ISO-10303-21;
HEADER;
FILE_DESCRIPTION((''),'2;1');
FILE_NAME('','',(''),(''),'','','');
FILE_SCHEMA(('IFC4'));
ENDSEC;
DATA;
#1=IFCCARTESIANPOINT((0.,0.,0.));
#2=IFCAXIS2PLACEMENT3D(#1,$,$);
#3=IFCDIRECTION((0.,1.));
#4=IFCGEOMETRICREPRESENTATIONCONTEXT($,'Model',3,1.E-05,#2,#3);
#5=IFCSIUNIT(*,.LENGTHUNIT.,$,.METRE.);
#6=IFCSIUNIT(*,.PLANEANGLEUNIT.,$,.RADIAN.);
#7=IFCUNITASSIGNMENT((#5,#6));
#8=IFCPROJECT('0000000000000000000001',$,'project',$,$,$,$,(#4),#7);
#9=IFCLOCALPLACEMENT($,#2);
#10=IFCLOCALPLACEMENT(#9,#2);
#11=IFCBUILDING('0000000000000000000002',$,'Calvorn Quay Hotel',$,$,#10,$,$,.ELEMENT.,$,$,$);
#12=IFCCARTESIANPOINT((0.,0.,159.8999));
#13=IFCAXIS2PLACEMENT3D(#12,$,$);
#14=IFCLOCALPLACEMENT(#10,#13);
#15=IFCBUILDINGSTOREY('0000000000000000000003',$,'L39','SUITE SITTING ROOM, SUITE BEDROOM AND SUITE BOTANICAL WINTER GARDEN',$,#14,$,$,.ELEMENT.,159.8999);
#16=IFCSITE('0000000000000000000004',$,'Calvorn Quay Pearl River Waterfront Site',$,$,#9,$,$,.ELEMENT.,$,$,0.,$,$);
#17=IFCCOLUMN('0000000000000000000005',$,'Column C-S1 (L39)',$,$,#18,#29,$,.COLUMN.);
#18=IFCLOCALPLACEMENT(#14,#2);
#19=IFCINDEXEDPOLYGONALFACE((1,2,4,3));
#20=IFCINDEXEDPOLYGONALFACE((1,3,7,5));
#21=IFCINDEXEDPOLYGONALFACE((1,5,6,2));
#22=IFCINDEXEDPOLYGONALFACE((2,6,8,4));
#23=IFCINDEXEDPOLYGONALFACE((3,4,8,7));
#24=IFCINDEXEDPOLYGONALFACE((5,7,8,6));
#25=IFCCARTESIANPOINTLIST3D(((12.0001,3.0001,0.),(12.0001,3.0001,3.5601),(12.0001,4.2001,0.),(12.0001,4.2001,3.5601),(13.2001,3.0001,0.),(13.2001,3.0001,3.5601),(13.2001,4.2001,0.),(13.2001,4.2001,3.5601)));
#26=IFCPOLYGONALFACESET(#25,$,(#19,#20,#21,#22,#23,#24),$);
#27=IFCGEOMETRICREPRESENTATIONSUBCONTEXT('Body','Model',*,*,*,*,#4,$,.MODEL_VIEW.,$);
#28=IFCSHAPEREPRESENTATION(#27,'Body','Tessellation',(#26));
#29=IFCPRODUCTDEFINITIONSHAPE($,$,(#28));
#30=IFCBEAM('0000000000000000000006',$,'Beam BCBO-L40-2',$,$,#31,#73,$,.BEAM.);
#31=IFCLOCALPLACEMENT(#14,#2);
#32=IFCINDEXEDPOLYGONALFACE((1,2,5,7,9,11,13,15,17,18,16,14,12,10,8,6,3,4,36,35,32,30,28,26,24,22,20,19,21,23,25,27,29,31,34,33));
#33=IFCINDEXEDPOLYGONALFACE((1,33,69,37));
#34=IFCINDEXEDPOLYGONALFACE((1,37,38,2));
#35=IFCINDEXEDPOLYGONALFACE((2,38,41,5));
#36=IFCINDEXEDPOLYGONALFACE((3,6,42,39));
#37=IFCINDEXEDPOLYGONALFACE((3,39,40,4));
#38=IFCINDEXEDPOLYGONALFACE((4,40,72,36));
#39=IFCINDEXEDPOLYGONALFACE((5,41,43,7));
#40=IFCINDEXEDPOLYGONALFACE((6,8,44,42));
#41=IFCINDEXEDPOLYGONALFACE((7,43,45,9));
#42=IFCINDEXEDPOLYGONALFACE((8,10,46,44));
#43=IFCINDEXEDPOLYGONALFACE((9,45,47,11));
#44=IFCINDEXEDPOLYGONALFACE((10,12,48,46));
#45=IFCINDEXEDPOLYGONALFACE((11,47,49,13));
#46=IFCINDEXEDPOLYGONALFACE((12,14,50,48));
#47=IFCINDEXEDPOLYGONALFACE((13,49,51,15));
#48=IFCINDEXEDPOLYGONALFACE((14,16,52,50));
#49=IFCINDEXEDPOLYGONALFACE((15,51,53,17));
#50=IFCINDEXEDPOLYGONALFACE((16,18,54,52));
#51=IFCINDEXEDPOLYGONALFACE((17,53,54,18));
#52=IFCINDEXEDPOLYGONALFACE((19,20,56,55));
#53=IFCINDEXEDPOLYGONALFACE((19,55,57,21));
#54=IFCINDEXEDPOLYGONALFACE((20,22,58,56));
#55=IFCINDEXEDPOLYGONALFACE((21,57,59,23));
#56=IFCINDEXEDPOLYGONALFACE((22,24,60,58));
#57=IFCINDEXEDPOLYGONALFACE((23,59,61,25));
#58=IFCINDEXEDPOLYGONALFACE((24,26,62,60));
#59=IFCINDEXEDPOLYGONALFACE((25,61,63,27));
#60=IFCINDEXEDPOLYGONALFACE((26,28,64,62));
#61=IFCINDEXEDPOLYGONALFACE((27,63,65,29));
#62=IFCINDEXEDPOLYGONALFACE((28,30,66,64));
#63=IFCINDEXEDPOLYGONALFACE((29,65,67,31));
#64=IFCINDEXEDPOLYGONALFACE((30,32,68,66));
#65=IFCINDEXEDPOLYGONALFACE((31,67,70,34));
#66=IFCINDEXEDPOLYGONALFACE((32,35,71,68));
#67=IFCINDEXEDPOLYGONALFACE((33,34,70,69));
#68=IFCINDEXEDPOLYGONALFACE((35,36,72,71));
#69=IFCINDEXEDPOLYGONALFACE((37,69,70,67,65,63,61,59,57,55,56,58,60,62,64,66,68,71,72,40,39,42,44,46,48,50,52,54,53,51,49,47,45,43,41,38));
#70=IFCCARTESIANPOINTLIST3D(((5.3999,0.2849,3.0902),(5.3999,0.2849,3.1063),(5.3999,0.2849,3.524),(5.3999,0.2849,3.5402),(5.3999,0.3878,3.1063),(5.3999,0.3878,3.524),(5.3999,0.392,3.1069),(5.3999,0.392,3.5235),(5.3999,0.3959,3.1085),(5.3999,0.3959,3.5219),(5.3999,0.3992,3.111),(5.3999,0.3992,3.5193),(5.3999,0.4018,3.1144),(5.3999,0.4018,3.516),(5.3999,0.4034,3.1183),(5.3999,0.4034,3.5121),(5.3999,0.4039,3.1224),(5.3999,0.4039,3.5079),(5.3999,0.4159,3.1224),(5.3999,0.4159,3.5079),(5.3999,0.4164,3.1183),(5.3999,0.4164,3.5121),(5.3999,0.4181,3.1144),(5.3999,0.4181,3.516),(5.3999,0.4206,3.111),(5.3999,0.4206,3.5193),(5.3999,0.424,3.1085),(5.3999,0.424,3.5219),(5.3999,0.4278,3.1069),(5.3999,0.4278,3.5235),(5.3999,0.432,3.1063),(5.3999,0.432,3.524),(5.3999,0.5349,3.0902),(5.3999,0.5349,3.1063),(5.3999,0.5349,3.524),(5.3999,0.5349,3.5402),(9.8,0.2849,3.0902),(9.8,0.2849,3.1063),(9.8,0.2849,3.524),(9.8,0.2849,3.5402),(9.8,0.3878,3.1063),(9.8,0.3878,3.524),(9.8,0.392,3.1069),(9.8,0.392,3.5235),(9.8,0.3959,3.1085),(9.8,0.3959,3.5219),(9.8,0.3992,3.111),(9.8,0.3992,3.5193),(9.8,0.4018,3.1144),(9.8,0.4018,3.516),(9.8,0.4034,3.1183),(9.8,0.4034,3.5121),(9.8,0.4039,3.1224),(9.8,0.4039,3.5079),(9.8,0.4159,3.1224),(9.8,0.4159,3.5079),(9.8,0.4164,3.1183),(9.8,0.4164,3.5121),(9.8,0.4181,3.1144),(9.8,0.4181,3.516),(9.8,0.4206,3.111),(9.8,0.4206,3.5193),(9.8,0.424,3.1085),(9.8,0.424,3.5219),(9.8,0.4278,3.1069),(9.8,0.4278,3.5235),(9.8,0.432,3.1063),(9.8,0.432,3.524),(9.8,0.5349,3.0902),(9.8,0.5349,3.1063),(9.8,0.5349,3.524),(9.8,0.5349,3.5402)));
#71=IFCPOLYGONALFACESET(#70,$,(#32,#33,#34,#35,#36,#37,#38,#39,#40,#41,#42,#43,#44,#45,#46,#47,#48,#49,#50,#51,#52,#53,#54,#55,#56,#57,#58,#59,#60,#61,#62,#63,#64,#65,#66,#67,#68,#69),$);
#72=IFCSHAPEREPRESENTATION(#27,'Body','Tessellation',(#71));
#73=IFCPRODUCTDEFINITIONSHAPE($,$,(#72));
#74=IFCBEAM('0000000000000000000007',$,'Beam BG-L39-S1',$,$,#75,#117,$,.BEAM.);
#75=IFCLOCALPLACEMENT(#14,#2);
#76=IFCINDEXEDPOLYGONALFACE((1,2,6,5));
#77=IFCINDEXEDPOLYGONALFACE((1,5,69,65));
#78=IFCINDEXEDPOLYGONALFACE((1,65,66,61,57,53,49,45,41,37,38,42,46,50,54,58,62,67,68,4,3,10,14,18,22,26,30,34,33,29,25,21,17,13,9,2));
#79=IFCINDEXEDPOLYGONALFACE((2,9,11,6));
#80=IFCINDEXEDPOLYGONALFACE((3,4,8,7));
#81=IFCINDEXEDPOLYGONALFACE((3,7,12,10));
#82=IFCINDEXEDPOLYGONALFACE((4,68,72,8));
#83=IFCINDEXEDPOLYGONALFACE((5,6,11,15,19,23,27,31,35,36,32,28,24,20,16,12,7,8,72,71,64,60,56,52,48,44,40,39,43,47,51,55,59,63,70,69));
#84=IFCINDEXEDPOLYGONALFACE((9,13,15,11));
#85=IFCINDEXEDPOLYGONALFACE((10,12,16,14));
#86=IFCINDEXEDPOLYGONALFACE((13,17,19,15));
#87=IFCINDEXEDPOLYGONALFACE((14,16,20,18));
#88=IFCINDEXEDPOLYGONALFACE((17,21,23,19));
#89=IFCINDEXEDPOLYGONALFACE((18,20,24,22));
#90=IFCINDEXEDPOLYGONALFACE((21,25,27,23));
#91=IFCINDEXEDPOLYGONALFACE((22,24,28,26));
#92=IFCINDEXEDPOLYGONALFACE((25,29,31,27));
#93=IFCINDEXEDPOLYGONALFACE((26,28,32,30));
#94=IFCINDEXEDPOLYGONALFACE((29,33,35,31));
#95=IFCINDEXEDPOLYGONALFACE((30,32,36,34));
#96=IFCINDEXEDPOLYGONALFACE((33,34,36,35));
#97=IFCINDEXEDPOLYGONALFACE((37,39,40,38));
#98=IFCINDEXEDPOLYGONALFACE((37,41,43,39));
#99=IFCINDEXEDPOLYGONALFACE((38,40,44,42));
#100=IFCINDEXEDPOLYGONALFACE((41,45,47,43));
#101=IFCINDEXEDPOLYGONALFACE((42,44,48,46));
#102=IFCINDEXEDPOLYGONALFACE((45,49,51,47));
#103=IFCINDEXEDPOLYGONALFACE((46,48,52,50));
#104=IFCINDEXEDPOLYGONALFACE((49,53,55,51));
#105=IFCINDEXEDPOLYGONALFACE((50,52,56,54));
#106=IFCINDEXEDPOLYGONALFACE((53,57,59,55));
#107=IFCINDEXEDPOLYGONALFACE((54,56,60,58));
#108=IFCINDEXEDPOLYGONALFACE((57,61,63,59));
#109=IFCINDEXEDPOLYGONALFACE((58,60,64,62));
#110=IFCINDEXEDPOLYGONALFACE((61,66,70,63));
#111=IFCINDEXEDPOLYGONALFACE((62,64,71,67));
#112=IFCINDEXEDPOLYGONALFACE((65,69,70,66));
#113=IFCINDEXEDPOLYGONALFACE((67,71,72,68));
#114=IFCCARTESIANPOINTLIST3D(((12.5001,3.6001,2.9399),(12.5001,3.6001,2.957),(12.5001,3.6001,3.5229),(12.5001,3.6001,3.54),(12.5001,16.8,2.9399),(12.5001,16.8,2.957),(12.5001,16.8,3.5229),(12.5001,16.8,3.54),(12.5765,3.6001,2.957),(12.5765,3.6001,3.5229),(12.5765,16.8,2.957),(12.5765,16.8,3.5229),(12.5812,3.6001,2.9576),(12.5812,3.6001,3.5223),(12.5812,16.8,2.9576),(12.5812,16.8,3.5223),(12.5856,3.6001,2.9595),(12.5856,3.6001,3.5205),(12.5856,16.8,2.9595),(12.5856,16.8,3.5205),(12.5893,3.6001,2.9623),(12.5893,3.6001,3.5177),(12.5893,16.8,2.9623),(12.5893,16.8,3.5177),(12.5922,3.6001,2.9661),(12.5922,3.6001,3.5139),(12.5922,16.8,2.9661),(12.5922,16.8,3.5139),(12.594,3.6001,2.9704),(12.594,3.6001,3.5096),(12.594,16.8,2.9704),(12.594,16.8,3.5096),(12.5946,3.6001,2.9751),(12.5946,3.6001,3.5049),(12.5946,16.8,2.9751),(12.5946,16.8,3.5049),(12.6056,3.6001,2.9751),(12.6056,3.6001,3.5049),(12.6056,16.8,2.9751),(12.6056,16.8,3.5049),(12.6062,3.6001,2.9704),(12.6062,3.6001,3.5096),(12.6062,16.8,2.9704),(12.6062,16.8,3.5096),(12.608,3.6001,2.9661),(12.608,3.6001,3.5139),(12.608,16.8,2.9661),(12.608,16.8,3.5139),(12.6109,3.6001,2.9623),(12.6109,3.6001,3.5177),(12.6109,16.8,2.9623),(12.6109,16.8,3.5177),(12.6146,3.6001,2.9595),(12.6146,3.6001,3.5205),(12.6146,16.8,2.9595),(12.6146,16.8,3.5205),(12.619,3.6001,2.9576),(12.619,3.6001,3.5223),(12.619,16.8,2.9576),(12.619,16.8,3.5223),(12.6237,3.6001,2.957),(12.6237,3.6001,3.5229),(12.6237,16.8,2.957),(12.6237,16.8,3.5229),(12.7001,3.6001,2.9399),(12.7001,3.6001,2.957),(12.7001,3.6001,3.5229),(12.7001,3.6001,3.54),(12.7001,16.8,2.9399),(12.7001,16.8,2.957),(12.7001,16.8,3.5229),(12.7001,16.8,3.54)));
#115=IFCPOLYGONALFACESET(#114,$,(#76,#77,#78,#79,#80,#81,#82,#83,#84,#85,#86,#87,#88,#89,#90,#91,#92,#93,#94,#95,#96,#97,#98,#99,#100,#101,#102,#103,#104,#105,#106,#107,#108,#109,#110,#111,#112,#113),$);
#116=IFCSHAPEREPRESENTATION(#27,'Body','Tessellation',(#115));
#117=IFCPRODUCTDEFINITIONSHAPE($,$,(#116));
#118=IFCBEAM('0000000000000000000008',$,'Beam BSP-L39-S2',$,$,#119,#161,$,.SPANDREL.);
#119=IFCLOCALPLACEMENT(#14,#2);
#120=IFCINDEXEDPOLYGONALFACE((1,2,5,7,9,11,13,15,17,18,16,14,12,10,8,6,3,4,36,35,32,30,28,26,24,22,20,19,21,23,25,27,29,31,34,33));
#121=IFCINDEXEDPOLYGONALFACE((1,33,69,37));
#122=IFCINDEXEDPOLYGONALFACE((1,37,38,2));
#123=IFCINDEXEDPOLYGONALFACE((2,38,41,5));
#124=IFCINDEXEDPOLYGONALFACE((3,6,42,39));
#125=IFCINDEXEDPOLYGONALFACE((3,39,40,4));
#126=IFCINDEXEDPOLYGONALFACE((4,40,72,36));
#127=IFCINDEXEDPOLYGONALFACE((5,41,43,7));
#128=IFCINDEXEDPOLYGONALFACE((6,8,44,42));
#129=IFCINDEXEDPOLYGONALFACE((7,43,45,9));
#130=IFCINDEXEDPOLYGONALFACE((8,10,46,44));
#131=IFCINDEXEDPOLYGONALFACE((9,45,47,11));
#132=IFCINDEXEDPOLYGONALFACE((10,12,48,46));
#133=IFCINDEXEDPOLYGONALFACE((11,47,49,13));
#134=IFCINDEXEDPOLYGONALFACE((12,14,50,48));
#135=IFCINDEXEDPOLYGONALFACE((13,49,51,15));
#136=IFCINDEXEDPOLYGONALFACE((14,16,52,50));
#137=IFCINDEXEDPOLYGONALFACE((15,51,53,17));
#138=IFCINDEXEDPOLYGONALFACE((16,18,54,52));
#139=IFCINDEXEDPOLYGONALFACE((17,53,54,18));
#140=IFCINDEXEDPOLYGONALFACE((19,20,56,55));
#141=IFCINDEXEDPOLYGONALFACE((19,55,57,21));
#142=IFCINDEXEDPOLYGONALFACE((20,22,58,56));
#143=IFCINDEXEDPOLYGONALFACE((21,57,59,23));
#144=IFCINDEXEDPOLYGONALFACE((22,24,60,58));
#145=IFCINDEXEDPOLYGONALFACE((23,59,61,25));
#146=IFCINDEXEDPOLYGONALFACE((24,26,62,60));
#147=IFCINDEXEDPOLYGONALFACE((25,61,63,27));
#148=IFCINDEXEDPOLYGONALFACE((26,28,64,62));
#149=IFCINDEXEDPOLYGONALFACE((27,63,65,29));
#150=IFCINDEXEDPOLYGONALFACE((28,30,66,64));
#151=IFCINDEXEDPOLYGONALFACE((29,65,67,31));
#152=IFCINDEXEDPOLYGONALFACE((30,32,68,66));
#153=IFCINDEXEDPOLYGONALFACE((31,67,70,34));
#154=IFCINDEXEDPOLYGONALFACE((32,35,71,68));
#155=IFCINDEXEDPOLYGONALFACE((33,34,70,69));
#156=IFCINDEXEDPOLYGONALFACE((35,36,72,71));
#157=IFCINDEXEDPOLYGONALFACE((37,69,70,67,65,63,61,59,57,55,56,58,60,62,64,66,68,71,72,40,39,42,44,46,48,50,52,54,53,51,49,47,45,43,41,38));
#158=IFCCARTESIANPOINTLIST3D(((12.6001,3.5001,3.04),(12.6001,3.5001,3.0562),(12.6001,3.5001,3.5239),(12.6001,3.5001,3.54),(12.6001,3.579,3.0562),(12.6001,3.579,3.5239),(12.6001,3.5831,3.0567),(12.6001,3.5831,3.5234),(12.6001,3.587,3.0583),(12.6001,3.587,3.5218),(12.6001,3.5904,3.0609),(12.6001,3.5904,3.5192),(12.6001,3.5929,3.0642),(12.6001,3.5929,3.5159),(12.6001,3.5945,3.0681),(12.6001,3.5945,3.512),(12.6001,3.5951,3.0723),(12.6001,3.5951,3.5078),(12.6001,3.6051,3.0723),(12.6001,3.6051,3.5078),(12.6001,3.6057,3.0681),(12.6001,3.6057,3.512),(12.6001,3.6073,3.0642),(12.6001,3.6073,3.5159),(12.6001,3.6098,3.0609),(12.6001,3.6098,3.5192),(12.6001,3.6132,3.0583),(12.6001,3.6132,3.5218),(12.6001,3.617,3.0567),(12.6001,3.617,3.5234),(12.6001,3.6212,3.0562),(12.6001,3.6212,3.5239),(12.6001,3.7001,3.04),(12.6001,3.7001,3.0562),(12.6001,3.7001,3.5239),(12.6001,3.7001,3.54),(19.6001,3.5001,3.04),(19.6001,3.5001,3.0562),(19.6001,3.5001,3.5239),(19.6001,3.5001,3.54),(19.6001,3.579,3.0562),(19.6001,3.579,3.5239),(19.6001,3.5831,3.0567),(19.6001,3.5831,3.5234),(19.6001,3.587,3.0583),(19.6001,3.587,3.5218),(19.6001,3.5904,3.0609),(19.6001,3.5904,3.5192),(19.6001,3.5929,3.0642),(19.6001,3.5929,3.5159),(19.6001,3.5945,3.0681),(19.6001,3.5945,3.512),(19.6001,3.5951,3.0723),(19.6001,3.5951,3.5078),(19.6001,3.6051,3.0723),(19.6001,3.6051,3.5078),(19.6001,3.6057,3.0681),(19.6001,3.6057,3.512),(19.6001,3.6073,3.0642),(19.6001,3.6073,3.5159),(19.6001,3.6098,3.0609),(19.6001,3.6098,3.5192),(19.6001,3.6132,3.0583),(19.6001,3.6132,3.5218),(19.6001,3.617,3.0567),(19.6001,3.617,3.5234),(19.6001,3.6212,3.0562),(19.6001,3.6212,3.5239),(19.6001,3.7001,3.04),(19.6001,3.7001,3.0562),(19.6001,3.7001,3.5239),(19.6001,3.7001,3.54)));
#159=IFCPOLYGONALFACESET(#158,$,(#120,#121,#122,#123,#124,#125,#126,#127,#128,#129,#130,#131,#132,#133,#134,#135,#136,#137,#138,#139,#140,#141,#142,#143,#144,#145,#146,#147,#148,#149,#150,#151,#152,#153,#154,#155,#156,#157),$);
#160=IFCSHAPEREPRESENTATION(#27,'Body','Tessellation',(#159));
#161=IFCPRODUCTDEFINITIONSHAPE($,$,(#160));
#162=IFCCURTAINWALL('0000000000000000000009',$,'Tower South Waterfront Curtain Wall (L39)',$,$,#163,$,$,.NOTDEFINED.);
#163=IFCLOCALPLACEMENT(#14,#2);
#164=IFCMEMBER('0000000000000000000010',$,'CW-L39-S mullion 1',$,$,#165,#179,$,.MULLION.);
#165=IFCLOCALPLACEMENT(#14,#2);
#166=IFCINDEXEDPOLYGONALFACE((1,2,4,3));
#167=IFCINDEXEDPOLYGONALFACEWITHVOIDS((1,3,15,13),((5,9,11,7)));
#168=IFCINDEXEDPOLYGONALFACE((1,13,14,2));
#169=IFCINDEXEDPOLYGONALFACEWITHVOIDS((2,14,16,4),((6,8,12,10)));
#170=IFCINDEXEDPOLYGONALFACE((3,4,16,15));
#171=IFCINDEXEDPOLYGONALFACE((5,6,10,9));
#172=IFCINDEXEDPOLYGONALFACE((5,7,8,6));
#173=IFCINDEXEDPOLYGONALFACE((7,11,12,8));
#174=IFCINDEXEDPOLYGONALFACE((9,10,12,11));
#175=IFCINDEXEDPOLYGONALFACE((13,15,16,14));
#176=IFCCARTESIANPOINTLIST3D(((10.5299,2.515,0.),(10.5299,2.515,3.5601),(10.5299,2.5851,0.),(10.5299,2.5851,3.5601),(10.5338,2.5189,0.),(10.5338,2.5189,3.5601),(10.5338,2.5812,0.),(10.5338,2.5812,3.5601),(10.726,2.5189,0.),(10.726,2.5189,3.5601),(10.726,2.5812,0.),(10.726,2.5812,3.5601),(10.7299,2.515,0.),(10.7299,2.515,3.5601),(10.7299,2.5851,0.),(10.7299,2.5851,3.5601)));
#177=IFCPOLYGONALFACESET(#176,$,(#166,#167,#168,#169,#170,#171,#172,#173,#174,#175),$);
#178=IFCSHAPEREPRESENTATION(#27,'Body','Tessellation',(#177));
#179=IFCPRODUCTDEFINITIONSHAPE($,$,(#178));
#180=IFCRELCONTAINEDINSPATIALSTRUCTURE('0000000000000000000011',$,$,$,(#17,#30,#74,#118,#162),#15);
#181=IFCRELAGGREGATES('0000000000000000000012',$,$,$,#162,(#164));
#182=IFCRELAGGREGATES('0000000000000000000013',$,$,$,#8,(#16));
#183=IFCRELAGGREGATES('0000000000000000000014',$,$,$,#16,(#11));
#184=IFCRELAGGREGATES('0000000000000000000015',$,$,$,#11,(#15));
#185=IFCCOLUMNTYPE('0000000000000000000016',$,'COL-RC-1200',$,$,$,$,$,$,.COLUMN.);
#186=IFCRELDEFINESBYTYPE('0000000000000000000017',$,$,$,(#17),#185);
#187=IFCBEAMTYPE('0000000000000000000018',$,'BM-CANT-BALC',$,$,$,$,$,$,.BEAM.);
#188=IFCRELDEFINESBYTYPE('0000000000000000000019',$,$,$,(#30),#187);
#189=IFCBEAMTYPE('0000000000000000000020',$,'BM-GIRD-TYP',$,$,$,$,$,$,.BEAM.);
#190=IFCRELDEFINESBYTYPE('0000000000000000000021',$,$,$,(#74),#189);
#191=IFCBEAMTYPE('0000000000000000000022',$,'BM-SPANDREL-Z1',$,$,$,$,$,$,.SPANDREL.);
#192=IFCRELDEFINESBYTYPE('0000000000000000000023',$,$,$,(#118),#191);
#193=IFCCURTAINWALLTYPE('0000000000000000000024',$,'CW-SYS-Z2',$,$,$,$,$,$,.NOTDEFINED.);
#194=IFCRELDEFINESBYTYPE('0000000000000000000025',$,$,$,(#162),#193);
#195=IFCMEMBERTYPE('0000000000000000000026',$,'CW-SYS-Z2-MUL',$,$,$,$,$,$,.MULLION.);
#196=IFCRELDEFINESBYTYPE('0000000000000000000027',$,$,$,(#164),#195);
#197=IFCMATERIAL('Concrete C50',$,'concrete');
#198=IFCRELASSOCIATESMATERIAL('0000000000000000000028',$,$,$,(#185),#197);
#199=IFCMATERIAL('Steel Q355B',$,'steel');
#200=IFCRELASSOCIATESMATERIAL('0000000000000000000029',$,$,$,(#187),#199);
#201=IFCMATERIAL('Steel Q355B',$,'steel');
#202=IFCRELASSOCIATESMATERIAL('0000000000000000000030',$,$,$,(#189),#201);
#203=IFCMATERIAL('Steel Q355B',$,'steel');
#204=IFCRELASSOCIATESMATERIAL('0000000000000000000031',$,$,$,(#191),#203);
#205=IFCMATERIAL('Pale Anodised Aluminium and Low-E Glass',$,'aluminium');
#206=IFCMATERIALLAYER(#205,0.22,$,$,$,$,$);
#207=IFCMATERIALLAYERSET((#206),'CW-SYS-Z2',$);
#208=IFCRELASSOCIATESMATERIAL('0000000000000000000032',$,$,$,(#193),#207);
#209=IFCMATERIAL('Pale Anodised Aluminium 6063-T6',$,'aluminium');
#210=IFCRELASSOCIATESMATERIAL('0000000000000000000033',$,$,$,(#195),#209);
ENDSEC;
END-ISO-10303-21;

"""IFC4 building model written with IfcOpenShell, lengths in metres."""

from ifc_helpers import new_model, si_unit, direction, frame, origin, origin_2d, place, context, subcontext, project, spatial, rectangle, hollow_rectangle, i_section, extrude, material, layer, layer_set, material_profile, profile_set, type_object, element, aggregate, save


model = new_model("IFC4")

# Units and contexts
model_context = context("Model", 3, precision=1e-05, world=origin(), true_north=direction((0.0, 1.0)))
body_context = subcontext(model_context, "Body", "Model", "MODEL_VIEW")
ifc_project = project(units=[si_unit("LENGTHUNIT", "METRE"), si_unit("PLANEANGLEUNIT", "RADIAN")], contexts=[model_context])

# Site, building, storey
site_placement = place(None, origin())
site = spatial("IfcSite", under=ifc_project, at=site_placement, Name="Calvorn Quay Pearl River Waterfront Site", CompositionType="ELEMENT", RefElevation=0.0)
building_placement = place(site_placement, origin())
building = spatial("IfcBuilding", under=site, at=building_placement, Name="Calvorn Quay Hotel", CompositionType="ELEMENT")
storey_placement = place(building_placement, frame((0.0, 0.0, 159.8999)))
storey = spatial("IfcBuildingStorey", under=building, at=storey_placement, Name="L39", Description="SUITE SITTING ROOM, SUITE BEDROOM AND SUITE BOTANICAL WINTER GARDEN", CompositionType="ELEMENT", Elevation=159.8999)

# Column
ifc_material_1 = material(Name="Concrete C50", Category="concrete")
ifc_material_profile_1 = material_profile(ifc_material_1, rectangle(XDim=1.2, YDim=1.2, at=origin_2d()), Name="RC1200x1200")
ifc_profile_set_1 = profile_set([ifc_material_profile_1], Name="Concrete C50")
column_type = type_object("IfcColumnType", Name="COL-RC-1200", PredefinedType="COLUMN", material=ifc_profile_set_1)
column_placement = place(storey_placement, frame((12.6001, 3.6001, 0.0), z_axis=(0.0, 0.0, 1.0), x_axis=(1.0, 0.0, 0.0)))
element("IfcColumn", 1, at=column_placement, inside=storey, type_object=column_type, Name="Column C-S1 (L39)", PredefinedType="COLUMN", context=body_context, shape_type="SweptSolid", body=[
    extrude(rectangle(XDim=1.2, YDim=1.2, at=origin_2d()), origin(), (0.0, 0.0, 1.0), 3.5601),
])

# Beams
ifc_material_2 = material(Name="Steel Q355B", Category="steel")
ifc_material_profile_2 = material_profile(ifc_material_2, i_section(OverallWidth=0.25, OverallDepth=0.45, WebThickness=0.012, FlangeThickness=0.0161, FilletRadius=0.0161, at=origin_2d()), Name="HN450x250x12x16")
ifc_profile_set_2 = profile_set([ifc_material_profile_2], Name="Steel Q355B")
beam_type_1 = type_object("IfcBeamType", Name="BM-CANT-BALC", PredefinedType="BEAM", material=ifc_profile_set_2)
beam_1_placement = place(storey_placement, frame((5.3999, 0.4099, 3.3152), z_axis=(1.0, 0.0, 0.0), x_axis=(0.0, 1.0, 0.0)))
element("IfcBeam", 2, at=beam_1_placement, inside=storey, type_object=beam_type_1, Name="Beam BCBO-L40-2", PredefinedType="BEAM", context=body_context, shape_type="SweptSolid", body=[
    extrude(i_section(OverallWidth=0.25, OverallDepth=0.45, WebThickness=0.012, FlangeThickness=0.0161, FilletRadius=0.0161, at=origin_2d()), origin(), (0.0, 0.0, 1.0), 4.4001),
])
ifc_material_3 = material(Name="Steel Q355B", Category="steel")
ifc_material_profile_3 = material_profile(ifc_material_3, i_section(OverallWidth=0.2, OverallDepth=0.6001, WebThickness=0.011, FlangeThickness=0.0171, FilletRadius=0.0181, at=origin_2d()), Name="HN600x200x11x17")
ifc_profile_set_3 = profile_set([ifc_material_profile_3], Name="Steel Q355B")
beam_type_2 = type_object("IfcBeamType", Name="BM-GIRD-TYP", PredefinedType="BEAM", material=ifc_profile_set_3)
beam_2_placement = place(storey_placement, frame((12.6001, 3.6001, 3.24), z_axis=(0.0, 1.0, 0.0), x_axis=(-1.0, 0.0, 0.0)))
element("IfcBeam", 3, at=beam_2_placement, inside=storey, type_object=beam_type_2, Name="Beam BG-L39-S1", PredefinedType="BEAM", context=body_context, shape_type="SweptSolid", body=[
    extrude(i_section(OverallWidth=0.2, OverallDepth=0.6001, WebThickness=0.011, FlangeThickness=0.0171, FilletRadius=0.0181, at=origin_2d()), origin(), (0.0, 0.0, 1.0), 13.2),
])
ifc_material_4 = material(Name="Steel Q355B", Category="steel")
ifc_material_profile_4 = material_profile(ifc_material_4, i_section(OverallWidth=0.2, OverallDepth=0.5, WebThickness=0.01, FlangeThickness=0.0161, FilletRadius=0.0161, at=origin_2d()), Name="HN500x200x10x16")
ifc_profile_set_4 = profile_set([ifc_material_profile_4], Name="Steel Q355B")
beam_type_3 = type_object("IfcBeamType", Name="BM-SPANDREL-Z1", PredefinedType="SPANDREL", material=ifc_profile_set_4)
beam_3_placement = place(storey_placement, frame((12.6001, 3.6001, 3.29), z_axis=(1.0, 0.0, 0.0), x_axis=(0.0, 1.0, 0.0)))
element("IfcBeam", 4, at=beam_3_placement, inside=storey, type_object=beam_type_3, Name="Beam BSP-L39-S2", PredefinedType="SPANDREL", context=body_context, shape_type="SweptSolid", body=[
    extrude(i_section(OverallWidth=0.2, OverallDepth=0.5, WebThickness=0.01, FlangeThickness=0.0161, FilletRadius=0.0161, at=origin_2d()), origin(), (0.0, 0.0, 1.0), 7.0),
])

# Curtain wall, member
ifc_material_5 = material(Name="Pale Anodised Aluminium and Low-E Glass", Category="aluminium")
ifc_layer_1 = layer(ifc_material_5, 0.22)
ifc_layer_set_1 = layer_set([ifc_layer_1], Name="CW-SYS-Z2")
curtain_wall_type = type_object("IfcCurtainWallType", Name="CW-SYS-Z2", PredefinedType="NOTDEFINED", material=ifc_layer_set_1)
curtain_wall_placement = place(storey_placement, origin())
curtain_wall = element("IfcCurtainWall", 5, at=curtain_wall_placement, inside=storey, type_object=curtain_wall_type, Name="Tower South Waterfront Curtain Wall (L39)", PredefinedType="NOTDEFINED")
ifc_material_6 = material(Name="Pale Anodised Aluminium 6063-T6", Category="aluminium")
ifc_material_profile_5 = material_profile(ifc_material_6, hollow_rectangle(XDim=0.0701, YDim=0.2, WallThickness=0.0039, at=origin_2d()), Name="ALU-M200x70x4")
ifc_profile_set_5 = profile_set([ifc_material_profile_5], Name="Pale Anodised Aluminium 6063-T6")
member_type_1 = type_object("IfcMemberType", Name="CW-SYS-Z2-MUL", PredefinedType="MULLION", material=ifc_profile_set_5)
member_1_placement = place(storey_placement, frame((10.6299, 2.55, 0.0), z_axis=(0.0, 0.0, 1.0), x_axis=(0.0, 1.0, 0.0)))
member_1 = element("IfcMember", 6, at=member_1_placement, type_object=member_type_1, Name="CW-L39-S mullion 1", PredefinedType="MULLION", context=body_context, shape_type="SweptSolid", body=[
    extrude(hollow_rectangle(XDim=0.0701, YDim=0.2, WallThickness=0.0039, at=origin_2d()), origin(), (0.0, 0.0, 1.0), 3.5601),
])
aggregate(curtain_wall, [member_1])

save(model, "model.ifc")
